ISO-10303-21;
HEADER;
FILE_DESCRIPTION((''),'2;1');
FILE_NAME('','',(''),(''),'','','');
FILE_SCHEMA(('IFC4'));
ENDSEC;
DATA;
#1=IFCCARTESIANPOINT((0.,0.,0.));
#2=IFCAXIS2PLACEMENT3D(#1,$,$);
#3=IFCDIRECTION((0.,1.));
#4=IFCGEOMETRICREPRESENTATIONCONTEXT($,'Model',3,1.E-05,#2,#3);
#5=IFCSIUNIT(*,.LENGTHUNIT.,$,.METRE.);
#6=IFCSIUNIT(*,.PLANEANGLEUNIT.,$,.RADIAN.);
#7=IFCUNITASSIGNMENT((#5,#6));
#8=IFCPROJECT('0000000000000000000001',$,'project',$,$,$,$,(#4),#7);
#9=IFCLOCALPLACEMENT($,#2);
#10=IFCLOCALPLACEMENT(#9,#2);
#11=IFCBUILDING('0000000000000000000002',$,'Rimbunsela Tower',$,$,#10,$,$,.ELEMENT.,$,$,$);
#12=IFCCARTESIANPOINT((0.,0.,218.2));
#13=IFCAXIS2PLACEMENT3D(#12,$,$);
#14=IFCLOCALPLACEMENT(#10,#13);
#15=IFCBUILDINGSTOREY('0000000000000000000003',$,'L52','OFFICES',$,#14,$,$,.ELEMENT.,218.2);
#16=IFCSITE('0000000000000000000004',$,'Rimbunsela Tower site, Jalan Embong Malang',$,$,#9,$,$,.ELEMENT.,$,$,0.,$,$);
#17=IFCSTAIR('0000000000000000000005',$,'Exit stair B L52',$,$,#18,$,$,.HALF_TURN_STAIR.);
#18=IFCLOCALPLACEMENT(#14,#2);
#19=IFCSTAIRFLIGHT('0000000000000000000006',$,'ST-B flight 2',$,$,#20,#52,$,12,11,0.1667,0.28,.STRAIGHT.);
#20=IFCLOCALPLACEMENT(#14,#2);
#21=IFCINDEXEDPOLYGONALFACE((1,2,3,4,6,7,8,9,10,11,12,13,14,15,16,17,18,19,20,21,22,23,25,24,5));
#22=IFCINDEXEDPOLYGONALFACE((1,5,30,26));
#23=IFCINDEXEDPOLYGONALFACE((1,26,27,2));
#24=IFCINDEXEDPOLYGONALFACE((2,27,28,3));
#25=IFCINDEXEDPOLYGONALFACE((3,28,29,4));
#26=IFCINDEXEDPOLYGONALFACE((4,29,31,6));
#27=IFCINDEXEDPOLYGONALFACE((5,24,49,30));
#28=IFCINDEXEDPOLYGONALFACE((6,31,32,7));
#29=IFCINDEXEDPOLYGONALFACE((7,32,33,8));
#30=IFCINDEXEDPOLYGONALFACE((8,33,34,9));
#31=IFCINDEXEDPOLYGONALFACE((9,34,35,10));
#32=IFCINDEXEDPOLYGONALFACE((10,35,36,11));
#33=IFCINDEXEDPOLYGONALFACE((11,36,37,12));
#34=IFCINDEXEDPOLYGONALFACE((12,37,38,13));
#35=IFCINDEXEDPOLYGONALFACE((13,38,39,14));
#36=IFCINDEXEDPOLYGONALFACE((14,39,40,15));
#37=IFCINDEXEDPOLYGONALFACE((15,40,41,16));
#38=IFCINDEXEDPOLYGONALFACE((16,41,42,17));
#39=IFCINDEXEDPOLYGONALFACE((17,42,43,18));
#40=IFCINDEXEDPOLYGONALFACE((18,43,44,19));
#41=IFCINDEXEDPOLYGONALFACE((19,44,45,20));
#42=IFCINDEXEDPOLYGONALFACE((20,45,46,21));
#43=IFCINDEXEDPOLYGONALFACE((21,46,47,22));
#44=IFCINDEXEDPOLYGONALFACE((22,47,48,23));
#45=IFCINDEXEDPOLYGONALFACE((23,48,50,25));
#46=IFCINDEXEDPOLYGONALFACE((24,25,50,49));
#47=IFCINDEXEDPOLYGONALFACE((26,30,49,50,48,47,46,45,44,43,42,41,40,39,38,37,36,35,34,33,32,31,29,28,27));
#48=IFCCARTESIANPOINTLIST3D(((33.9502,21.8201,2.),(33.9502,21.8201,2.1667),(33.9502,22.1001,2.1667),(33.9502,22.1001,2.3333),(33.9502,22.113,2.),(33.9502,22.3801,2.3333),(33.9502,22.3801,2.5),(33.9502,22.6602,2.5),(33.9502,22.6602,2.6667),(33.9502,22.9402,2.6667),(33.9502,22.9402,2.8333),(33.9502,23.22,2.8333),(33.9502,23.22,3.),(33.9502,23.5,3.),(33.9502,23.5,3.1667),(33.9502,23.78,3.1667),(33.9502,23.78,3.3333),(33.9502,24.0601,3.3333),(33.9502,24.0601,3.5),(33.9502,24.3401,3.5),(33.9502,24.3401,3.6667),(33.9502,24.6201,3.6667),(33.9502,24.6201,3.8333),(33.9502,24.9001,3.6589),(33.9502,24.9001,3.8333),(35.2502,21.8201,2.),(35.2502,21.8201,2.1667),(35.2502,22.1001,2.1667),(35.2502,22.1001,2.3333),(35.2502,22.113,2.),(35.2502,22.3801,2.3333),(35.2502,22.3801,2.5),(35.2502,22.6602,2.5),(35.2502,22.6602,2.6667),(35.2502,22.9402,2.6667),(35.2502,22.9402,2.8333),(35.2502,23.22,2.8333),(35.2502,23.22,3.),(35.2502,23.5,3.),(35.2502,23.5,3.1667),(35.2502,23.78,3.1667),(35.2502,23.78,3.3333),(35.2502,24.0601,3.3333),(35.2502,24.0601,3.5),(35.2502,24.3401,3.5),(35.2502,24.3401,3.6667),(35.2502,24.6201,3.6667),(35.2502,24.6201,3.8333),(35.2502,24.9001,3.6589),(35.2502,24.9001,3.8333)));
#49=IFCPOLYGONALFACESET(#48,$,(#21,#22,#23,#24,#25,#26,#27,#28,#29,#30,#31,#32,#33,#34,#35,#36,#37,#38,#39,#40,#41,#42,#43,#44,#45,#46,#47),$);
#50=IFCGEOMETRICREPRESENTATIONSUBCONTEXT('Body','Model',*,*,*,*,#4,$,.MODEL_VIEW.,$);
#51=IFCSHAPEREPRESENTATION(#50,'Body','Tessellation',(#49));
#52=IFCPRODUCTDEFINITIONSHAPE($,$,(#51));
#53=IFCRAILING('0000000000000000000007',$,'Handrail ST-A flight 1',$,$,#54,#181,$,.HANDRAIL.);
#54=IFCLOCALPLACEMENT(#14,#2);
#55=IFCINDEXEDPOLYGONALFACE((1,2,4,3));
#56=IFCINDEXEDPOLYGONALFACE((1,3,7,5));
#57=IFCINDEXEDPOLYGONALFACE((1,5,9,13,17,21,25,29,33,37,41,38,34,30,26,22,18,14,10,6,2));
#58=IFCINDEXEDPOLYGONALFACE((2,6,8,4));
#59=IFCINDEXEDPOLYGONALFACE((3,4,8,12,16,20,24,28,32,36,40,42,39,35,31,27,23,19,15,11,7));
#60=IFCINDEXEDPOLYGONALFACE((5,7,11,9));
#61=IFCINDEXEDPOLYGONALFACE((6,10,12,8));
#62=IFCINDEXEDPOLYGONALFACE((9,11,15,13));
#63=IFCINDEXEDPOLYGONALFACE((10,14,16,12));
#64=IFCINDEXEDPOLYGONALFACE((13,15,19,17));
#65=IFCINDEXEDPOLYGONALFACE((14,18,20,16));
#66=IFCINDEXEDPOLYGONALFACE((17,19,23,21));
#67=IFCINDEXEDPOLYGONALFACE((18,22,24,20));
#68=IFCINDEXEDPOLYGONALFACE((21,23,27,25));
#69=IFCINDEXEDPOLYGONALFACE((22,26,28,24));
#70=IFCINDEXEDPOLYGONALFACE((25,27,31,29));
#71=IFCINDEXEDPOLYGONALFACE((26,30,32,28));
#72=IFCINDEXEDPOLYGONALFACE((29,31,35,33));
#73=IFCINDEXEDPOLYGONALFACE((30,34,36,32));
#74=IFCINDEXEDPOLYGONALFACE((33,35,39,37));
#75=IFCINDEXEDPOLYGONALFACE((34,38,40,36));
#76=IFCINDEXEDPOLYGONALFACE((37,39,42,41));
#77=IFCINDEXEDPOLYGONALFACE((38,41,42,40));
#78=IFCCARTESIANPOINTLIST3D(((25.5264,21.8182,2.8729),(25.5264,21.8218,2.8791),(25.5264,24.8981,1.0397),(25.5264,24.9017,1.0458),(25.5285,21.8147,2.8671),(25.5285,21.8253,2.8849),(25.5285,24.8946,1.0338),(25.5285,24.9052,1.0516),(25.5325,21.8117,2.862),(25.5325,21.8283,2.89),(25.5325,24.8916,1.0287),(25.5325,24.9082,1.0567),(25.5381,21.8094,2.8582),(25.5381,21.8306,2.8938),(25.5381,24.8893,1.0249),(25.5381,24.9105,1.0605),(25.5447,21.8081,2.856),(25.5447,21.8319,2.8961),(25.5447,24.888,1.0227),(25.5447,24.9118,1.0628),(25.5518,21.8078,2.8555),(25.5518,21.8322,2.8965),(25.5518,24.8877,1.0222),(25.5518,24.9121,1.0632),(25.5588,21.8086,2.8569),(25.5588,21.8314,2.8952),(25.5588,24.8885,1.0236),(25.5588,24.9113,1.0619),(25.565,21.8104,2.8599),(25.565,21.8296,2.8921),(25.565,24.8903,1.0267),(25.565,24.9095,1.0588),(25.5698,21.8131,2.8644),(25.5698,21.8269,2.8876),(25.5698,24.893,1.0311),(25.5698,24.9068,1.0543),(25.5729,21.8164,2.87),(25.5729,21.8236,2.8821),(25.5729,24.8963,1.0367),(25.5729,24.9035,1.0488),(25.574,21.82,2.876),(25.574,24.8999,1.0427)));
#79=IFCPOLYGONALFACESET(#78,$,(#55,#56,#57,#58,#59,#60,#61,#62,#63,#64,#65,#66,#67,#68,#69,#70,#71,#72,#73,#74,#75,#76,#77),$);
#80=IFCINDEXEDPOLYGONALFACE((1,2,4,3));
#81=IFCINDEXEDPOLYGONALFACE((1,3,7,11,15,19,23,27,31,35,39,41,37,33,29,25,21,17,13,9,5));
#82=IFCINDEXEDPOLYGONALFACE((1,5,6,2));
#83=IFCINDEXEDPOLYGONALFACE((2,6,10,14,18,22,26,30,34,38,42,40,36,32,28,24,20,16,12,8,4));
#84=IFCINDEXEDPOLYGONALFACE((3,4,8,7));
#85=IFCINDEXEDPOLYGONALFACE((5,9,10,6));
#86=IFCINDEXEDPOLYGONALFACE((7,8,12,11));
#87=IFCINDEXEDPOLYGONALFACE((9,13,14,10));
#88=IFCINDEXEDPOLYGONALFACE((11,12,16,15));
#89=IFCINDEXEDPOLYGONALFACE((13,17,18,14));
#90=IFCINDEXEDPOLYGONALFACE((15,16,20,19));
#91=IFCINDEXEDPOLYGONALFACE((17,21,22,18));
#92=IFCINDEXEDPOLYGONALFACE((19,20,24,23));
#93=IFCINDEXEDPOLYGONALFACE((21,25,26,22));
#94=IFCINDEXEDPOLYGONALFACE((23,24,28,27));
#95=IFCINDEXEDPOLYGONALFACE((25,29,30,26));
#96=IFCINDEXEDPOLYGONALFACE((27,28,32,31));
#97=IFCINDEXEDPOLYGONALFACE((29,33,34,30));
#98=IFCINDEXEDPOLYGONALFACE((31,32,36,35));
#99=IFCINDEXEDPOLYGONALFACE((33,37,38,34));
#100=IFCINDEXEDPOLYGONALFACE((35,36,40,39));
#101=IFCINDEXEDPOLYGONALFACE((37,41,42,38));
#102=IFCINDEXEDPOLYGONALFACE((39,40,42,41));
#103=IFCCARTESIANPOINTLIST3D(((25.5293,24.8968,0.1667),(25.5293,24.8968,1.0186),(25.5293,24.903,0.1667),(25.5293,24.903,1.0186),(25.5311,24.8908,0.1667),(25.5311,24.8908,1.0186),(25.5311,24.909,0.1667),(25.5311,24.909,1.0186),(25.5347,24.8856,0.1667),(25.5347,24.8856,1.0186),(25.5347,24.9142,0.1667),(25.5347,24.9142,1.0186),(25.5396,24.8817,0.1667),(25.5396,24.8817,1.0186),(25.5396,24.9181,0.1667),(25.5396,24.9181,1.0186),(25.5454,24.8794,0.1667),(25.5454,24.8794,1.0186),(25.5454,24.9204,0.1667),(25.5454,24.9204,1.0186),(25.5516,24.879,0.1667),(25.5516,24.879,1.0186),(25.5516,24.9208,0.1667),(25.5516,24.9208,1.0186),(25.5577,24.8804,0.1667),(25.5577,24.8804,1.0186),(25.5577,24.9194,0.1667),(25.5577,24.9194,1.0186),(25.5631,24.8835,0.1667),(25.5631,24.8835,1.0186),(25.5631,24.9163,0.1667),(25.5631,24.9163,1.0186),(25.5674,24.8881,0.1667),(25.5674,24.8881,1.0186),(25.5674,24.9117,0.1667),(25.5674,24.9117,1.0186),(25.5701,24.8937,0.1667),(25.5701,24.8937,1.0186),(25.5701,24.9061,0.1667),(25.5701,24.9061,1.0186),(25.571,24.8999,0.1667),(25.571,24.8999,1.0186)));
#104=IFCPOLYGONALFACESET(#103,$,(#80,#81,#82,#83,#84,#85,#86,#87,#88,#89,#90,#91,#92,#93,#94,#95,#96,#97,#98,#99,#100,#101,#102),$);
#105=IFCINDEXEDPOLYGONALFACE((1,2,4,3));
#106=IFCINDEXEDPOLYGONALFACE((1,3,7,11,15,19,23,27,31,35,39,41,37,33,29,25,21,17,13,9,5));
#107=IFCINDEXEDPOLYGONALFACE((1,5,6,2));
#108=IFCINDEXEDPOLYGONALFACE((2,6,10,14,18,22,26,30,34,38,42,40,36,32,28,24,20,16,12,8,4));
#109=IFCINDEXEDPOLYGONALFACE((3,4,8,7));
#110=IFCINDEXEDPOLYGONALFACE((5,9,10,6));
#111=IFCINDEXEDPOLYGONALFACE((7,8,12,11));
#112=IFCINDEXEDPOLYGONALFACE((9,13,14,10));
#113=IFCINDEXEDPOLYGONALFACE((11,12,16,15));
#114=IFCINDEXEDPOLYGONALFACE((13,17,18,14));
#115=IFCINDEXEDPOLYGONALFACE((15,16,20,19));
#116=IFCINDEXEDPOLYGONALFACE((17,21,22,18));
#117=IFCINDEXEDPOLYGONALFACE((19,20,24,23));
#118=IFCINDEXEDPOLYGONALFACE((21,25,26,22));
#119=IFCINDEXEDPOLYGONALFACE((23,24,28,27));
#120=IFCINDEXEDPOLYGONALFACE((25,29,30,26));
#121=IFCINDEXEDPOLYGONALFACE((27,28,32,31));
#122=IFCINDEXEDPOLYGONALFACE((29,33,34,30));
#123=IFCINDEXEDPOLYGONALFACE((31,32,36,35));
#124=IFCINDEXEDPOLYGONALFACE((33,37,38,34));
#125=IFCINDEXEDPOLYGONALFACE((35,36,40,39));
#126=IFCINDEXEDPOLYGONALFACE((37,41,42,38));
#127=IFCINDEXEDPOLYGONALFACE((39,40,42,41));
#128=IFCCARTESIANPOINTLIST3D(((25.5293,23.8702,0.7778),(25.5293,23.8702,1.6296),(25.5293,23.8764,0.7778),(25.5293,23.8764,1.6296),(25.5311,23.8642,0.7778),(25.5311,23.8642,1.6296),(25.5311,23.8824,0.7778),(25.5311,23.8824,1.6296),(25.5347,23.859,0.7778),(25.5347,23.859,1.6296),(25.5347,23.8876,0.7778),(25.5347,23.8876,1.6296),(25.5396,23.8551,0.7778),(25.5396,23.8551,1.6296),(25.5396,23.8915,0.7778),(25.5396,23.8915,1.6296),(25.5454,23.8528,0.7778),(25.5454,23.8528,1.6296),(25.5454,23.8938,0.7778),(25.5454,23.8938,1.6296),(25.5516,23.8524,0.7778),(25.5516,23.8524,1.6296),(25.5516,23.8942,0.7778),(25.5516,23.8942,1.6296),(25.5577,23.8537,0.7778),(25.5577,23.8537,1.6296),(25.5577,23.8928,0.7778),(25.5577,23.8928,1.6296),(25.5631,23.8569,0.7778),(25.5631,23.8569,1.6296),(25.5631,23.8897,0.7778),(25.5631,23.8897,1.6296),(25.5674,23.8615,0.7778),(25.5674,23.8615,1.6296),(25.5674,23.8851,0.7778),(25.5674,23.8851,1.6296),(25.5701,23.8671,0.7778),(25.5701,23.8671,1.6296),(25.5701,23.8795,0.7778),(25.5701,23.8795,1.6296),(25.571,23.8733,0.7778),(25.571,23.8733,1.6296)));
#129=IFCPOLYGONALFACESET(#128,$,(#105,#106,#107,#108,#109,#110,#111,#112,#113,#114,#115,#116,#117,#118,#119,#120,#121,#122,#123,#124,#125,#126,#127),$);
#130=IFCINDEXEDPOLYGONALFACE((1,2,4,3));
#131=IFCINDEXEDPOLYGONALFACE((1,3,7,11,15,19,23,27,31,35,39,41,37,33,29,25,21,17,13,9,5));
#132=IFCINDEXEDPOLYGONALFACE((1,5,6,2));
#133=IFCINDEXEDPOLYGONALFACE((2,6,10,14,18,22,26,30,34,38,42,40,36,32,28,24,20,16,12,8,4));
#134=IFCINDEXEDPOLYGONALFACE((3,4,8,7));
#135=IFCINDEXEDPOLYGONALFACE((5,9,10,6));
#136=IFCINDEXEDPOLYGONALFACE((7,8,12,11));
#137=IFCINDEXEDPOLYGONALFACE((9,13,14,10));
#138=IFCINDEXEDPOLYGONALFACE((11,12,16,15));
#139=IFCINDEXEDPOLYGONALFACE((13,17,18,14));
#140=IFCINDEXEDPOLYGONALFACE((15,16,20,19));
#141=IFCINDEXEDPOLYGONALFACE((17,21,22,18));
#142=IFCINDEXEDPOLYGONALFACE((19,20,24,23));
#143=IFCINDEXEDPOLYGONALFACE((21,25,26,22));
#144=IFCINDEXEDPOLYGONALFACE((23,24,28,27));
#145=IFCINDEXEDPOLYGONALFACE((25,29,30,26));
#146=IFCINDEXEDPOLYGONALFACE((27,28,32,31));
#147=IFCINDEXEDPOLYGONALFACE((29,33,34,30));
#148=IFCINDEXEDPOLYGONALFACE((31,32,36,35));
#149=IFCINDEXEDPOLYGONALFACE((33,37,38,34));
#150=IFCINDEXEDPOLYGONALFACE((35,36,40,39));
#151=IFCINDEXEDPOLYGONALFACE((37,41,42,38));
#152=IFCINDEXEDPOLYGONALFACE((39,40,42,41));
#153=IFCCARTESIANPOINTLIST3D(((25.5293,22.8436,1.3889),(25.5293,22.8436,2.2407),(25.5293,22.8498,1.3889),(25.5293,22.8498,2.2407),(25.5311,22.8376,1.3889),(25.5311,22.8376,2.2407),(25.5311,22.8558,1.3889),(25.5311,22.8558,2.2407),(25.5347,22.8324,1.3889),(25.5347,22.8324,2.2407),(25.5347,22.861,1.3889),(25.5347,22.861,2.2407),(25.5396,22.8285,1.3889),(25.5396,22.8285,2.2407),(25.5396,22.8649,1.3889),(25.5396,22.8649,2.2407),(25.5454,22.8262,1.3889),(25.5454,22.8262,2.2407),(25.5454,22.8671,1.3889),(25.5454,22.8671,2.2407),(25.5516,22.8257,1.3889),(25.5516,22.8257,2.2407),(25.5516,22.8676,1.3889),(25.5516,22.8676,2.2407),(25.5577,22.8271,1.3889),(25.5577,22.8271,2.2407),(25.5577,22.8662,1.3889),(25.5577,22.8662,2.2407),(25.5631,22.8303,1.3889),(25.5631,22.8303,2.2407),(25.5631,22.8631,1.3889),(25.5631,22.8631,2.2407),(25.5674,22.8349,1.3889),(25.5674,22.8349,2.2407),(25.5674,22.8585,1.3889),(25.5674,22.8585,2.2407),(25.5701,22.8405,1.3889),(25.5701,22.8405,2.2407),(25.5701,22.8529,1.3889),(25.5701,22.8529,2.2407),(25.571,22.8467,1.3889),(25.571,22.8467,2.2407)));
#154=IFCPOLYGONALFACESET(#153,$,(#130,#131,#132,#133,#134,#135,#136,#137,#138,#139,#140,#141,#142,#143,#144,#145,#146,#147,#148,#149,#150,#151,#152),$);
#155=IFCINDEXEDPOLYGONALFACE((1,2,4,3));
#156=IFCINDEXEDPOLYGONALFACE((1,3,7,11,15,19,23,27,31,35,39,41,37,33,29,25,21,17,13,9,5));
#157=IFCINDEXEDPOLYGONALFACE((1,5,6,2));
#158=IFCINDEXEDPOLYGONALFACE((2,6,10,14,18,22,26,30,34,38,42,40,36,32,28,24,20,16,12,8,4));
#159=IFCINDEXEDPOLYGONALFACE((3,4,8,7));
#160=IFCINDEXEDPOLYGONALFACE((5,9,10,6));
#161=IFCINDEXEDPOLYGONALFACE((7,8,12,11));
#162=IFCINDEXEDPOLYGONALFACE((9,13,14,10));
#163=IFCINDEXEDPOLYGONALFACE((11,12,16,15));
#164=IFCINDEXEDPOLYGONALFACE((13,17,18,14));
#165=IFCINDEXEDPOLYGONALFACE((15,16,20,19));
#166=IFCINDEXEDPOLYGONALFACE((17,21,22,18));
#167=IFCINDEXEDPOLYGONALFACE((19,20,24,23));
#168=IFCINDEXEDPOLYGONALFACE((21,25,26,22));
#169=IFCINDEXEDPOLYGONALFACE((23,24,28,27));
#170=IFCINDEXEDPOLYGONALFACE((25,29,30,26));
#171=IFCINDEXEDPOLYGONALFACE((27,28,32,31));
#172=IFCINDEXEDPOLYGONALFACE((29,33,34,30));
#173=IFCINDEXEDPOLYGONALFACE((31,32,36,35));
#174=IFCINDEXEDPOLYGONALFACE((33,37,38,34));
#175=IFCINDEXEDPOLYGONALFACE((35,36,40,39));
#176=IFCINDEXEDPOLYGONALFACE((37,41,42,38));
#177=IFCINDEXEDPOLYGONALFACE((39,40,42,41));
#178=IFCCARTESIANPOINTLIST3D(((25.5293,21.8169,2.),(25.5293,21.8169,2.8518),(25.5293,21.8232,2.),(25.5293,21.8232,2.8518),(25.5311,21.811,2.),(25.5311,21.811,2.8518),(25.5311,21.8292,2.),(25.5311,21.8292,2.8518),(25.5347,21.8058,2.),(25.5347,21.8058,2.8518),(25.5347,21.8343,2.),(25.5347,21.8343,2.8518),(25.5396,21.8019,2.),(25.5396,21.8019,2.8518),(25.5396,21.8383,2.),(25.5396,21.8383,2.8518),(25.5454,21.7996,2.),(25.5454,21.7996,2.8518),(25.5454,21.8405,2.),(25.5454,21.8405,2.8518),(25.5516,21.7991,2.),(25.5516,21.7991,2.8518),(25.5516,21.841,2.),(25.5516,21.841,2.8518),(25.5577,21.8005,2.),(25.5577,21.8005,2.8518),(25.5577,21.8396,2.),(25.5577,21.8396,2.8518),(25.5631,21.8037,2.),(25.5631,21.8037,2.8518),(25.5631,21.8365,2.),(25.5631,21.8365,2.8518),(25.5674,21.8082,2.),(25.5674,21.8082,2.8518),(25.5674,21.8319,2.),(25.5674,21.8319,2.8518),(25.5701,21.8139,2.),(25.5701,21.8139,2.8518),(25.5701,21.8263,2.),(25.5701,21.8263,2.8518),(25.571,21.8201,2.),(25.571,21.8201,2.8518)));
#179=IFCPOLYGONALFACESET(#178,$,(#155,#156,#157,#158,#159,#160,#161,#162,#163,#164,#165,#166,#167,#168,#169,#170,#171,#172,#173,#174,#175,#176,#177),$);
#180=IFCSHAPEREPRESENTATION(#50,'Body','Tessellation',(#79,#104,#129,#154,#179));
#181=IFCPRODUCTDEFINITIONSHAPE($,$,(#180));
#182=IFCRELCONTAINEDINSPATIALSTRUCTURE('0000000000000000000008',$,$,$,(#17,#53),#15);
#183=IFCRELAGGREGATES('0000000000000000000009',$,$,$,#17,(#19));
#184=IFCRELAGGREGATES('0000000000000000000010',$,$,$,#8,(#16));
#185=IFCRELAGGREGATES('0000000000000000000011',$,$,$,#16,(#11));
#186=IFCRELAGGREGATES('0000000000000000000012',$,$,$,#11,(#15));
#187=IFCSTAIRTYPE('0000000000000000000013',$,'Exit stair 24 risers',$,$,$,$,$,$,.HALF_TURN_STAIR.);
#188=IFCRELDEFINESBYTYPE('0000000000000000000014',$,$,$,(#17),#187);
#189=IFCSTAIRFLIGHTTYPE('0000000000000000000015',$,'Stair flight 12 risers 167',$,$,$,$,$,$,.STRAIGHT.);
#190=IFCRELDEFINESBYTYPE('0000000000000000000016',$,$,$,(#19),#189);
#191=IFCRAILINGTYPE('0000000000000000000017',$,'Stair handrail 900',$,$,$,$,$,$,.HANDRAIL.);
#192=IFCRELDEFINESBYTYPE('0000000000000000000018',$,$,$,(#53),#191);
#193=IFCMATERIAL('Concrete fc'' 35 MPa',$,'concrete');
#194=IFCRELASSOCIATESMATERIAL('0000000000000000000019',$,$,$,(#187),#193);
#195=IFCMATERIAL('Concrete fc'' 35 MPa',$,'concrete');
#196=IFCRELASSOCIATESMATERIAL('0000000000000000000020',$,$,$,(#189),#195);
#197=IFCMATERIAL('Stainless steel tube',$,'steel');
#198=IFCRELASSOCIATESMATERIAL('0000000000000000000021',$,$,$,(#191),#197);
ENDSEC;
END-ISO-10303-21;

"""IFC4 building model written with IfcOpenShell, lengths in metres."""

from ifc_helpers import new_model, si_unit, direction, frame, origin, origin_2d, place, context, subcontext, project, spatial, polyline, circle, outline, extrude, material, type_object, element, aggregate, save


model = new_model("IFC4")

# Units and contexts
model_context = context("Model", 3, precision=1e-05, world=origin(), true_north=direction((0.0, 1.0)))
body_context = subcontext(model_context, "Body", "Model", "MODEL_VIEW")
ifc_project = project(units=[si_unit("LENGTHUNIT", "METRE"), si_unit("PLANEANGLEUNIT", "RADIAN")], contexts=[model_context])

# Site, building, storey
site_placement = place(None, origin())
site = spatial("IfcSite", under=ifc_project, at=site_placement, Name="Rimbunsela Tower site, Jalan Embong Malang", CompositionType="ELEMENT", RefElevation=0.0)
building_placement = place(site_placement, origin())
building = spatial("IfcBuilding", under=site, at=building_placement, Name="Rimbunsela Tower", CompositionType="ELEMENT")
storey_placement = place(building_placement, frame((0.0, 0.0, 218.2)))
storey = spatial("IfcBuildingStorey", under=building, at=storey_placement, Name="L52", Description="OFFICES", CompositionType="ELEMENT", Elevation=218.2)

# Stair, stair flight
ifc_material_1 = material(Name="Concrete fc' 35 MPa", Category="concrete")
stair_type = type_object("IfcStairType", Name="Exit stair 24 risers", PredefinedType="HALF_TURN_STAIR", material=ifc_material_1)
ifc_material_2 = material(Name="Concrete fc' 35 MPa", Category="concrete")
stair_flight_type = type_object("IfcStairFlightType", Name="Stair flight 12 risers 167", PredefinedType="STRAIGHT", material=ifc_material_2)
stair_1_placement = place(storey_placement, origin())
stair_1 = element("IfcStair", 1, at=stair_1_placement, inside=storey, type_object=stair_type, Name="Exit stair B L52", PredefinedType="HALF_TURN_STAIR")
stair_flight_1_placement = place(storey_placement, frame((34.6001, 21.8201, 2.0), z_axis=(0.0, 0.0, 1.0), x_axis=(0.0, 1.0, 0.0)))
stair_flight_1 = element("IfcStairFlight", 2, at=stair_flight_1_placement, type_object=stair_flight_type, Name="ST-B flight 2", NumberOfRisers=12, NumberOfTreads=11, PredefinedType="STRAIGHT", RiserHeight=0.1667, TreadLength=0.28, context=body_context, shape_type="SweptSolid", body=[
    extrude(outline(polyline([(0.0, 0.0), (0.0, 0.1667), (0.28, 0.1667), (0.28, 0.3333), (0.5601, 0.3333), (0.5601, 0.5), (0.8401, 0.5), (0.8401, 0.6667), (1.1201, 0.6667), (1.1201, 0.8333), (1.3999, 0.8333), (1.3999, 1.0), (1.6799, 1.0), (1.6799, 1.1667), (1.96, 1.1667), (1.96, 1.3333), (2.24, 1.3333), (2.24, 1.5), (2.52, 1.5), (2.52, 1.6667), (2.8, 1.6667), (2.8, 1.8333), (3.0801, 1.8333), (3.0801, 2.0), (3.0801, 1.6589), (0.293, 0.0), (0.0, 0.0)])), frame((0.0, 0.6499, 0.0), z_axis=(0.0, -1.0, 0.0), x_axis=(1.0, 0.0, 0.0)), (0.0, 0.0, 1.0), 1.3),
])
aggregate(stair_1, [stair_flight_1])

# Railing
ifc_material_3 = material(Name="Stainless steel tube", Category="steel")
railing_type = type_object("IfcRailingType", Name="Stair handrail 900", PredefinedType="HANDRAIL", material=ifc_material_3)
railing_1_placement = place(storey_placement, frame((25.55, 24.8999, 0.1667)))
element("IfcRailing", 3, at=railing_1_placement, inside=storey, type_object=railing_type, Name="Handrail ST-A flight 1", PredefinedType="HANDRAIL", context=body_context, shape_type="SweptSolid", body=[
    extrude(circle(Radius=0.0239, at=origin_2d()), frame((0.0, 0.0, 0.876), z_axis=(0.0, -0.859291, 0.511487), x_axis=(1.0, 0.0, 0.0)), (0.0, 0.0, 1.0), 3.5842),
    extrude(circle(Radius=0.021, at=origin_2d()), origin(), (0.0, 0.0, 1.0), 0.8518),
    extrude(circle(Radius=0.021, at=origin_2d()), frame((0.0, -1.0266, 0.6111)), (0.0, 0.0, 1.0), 0.8518),
    extrude(circle(Radius=0.021, at=origin_2d()), frame((0.0, -2.0532, 1.2222)), (0.0, 0.0, 1.0), 0.8518),
    extrude(circle(Radius=0.021, at=origin_2d()), frame((0.0, -3.0798, 1.8333)), (0.0, 0.0, 1.0), 0.8518),
])

save(model, "model.ifc")
